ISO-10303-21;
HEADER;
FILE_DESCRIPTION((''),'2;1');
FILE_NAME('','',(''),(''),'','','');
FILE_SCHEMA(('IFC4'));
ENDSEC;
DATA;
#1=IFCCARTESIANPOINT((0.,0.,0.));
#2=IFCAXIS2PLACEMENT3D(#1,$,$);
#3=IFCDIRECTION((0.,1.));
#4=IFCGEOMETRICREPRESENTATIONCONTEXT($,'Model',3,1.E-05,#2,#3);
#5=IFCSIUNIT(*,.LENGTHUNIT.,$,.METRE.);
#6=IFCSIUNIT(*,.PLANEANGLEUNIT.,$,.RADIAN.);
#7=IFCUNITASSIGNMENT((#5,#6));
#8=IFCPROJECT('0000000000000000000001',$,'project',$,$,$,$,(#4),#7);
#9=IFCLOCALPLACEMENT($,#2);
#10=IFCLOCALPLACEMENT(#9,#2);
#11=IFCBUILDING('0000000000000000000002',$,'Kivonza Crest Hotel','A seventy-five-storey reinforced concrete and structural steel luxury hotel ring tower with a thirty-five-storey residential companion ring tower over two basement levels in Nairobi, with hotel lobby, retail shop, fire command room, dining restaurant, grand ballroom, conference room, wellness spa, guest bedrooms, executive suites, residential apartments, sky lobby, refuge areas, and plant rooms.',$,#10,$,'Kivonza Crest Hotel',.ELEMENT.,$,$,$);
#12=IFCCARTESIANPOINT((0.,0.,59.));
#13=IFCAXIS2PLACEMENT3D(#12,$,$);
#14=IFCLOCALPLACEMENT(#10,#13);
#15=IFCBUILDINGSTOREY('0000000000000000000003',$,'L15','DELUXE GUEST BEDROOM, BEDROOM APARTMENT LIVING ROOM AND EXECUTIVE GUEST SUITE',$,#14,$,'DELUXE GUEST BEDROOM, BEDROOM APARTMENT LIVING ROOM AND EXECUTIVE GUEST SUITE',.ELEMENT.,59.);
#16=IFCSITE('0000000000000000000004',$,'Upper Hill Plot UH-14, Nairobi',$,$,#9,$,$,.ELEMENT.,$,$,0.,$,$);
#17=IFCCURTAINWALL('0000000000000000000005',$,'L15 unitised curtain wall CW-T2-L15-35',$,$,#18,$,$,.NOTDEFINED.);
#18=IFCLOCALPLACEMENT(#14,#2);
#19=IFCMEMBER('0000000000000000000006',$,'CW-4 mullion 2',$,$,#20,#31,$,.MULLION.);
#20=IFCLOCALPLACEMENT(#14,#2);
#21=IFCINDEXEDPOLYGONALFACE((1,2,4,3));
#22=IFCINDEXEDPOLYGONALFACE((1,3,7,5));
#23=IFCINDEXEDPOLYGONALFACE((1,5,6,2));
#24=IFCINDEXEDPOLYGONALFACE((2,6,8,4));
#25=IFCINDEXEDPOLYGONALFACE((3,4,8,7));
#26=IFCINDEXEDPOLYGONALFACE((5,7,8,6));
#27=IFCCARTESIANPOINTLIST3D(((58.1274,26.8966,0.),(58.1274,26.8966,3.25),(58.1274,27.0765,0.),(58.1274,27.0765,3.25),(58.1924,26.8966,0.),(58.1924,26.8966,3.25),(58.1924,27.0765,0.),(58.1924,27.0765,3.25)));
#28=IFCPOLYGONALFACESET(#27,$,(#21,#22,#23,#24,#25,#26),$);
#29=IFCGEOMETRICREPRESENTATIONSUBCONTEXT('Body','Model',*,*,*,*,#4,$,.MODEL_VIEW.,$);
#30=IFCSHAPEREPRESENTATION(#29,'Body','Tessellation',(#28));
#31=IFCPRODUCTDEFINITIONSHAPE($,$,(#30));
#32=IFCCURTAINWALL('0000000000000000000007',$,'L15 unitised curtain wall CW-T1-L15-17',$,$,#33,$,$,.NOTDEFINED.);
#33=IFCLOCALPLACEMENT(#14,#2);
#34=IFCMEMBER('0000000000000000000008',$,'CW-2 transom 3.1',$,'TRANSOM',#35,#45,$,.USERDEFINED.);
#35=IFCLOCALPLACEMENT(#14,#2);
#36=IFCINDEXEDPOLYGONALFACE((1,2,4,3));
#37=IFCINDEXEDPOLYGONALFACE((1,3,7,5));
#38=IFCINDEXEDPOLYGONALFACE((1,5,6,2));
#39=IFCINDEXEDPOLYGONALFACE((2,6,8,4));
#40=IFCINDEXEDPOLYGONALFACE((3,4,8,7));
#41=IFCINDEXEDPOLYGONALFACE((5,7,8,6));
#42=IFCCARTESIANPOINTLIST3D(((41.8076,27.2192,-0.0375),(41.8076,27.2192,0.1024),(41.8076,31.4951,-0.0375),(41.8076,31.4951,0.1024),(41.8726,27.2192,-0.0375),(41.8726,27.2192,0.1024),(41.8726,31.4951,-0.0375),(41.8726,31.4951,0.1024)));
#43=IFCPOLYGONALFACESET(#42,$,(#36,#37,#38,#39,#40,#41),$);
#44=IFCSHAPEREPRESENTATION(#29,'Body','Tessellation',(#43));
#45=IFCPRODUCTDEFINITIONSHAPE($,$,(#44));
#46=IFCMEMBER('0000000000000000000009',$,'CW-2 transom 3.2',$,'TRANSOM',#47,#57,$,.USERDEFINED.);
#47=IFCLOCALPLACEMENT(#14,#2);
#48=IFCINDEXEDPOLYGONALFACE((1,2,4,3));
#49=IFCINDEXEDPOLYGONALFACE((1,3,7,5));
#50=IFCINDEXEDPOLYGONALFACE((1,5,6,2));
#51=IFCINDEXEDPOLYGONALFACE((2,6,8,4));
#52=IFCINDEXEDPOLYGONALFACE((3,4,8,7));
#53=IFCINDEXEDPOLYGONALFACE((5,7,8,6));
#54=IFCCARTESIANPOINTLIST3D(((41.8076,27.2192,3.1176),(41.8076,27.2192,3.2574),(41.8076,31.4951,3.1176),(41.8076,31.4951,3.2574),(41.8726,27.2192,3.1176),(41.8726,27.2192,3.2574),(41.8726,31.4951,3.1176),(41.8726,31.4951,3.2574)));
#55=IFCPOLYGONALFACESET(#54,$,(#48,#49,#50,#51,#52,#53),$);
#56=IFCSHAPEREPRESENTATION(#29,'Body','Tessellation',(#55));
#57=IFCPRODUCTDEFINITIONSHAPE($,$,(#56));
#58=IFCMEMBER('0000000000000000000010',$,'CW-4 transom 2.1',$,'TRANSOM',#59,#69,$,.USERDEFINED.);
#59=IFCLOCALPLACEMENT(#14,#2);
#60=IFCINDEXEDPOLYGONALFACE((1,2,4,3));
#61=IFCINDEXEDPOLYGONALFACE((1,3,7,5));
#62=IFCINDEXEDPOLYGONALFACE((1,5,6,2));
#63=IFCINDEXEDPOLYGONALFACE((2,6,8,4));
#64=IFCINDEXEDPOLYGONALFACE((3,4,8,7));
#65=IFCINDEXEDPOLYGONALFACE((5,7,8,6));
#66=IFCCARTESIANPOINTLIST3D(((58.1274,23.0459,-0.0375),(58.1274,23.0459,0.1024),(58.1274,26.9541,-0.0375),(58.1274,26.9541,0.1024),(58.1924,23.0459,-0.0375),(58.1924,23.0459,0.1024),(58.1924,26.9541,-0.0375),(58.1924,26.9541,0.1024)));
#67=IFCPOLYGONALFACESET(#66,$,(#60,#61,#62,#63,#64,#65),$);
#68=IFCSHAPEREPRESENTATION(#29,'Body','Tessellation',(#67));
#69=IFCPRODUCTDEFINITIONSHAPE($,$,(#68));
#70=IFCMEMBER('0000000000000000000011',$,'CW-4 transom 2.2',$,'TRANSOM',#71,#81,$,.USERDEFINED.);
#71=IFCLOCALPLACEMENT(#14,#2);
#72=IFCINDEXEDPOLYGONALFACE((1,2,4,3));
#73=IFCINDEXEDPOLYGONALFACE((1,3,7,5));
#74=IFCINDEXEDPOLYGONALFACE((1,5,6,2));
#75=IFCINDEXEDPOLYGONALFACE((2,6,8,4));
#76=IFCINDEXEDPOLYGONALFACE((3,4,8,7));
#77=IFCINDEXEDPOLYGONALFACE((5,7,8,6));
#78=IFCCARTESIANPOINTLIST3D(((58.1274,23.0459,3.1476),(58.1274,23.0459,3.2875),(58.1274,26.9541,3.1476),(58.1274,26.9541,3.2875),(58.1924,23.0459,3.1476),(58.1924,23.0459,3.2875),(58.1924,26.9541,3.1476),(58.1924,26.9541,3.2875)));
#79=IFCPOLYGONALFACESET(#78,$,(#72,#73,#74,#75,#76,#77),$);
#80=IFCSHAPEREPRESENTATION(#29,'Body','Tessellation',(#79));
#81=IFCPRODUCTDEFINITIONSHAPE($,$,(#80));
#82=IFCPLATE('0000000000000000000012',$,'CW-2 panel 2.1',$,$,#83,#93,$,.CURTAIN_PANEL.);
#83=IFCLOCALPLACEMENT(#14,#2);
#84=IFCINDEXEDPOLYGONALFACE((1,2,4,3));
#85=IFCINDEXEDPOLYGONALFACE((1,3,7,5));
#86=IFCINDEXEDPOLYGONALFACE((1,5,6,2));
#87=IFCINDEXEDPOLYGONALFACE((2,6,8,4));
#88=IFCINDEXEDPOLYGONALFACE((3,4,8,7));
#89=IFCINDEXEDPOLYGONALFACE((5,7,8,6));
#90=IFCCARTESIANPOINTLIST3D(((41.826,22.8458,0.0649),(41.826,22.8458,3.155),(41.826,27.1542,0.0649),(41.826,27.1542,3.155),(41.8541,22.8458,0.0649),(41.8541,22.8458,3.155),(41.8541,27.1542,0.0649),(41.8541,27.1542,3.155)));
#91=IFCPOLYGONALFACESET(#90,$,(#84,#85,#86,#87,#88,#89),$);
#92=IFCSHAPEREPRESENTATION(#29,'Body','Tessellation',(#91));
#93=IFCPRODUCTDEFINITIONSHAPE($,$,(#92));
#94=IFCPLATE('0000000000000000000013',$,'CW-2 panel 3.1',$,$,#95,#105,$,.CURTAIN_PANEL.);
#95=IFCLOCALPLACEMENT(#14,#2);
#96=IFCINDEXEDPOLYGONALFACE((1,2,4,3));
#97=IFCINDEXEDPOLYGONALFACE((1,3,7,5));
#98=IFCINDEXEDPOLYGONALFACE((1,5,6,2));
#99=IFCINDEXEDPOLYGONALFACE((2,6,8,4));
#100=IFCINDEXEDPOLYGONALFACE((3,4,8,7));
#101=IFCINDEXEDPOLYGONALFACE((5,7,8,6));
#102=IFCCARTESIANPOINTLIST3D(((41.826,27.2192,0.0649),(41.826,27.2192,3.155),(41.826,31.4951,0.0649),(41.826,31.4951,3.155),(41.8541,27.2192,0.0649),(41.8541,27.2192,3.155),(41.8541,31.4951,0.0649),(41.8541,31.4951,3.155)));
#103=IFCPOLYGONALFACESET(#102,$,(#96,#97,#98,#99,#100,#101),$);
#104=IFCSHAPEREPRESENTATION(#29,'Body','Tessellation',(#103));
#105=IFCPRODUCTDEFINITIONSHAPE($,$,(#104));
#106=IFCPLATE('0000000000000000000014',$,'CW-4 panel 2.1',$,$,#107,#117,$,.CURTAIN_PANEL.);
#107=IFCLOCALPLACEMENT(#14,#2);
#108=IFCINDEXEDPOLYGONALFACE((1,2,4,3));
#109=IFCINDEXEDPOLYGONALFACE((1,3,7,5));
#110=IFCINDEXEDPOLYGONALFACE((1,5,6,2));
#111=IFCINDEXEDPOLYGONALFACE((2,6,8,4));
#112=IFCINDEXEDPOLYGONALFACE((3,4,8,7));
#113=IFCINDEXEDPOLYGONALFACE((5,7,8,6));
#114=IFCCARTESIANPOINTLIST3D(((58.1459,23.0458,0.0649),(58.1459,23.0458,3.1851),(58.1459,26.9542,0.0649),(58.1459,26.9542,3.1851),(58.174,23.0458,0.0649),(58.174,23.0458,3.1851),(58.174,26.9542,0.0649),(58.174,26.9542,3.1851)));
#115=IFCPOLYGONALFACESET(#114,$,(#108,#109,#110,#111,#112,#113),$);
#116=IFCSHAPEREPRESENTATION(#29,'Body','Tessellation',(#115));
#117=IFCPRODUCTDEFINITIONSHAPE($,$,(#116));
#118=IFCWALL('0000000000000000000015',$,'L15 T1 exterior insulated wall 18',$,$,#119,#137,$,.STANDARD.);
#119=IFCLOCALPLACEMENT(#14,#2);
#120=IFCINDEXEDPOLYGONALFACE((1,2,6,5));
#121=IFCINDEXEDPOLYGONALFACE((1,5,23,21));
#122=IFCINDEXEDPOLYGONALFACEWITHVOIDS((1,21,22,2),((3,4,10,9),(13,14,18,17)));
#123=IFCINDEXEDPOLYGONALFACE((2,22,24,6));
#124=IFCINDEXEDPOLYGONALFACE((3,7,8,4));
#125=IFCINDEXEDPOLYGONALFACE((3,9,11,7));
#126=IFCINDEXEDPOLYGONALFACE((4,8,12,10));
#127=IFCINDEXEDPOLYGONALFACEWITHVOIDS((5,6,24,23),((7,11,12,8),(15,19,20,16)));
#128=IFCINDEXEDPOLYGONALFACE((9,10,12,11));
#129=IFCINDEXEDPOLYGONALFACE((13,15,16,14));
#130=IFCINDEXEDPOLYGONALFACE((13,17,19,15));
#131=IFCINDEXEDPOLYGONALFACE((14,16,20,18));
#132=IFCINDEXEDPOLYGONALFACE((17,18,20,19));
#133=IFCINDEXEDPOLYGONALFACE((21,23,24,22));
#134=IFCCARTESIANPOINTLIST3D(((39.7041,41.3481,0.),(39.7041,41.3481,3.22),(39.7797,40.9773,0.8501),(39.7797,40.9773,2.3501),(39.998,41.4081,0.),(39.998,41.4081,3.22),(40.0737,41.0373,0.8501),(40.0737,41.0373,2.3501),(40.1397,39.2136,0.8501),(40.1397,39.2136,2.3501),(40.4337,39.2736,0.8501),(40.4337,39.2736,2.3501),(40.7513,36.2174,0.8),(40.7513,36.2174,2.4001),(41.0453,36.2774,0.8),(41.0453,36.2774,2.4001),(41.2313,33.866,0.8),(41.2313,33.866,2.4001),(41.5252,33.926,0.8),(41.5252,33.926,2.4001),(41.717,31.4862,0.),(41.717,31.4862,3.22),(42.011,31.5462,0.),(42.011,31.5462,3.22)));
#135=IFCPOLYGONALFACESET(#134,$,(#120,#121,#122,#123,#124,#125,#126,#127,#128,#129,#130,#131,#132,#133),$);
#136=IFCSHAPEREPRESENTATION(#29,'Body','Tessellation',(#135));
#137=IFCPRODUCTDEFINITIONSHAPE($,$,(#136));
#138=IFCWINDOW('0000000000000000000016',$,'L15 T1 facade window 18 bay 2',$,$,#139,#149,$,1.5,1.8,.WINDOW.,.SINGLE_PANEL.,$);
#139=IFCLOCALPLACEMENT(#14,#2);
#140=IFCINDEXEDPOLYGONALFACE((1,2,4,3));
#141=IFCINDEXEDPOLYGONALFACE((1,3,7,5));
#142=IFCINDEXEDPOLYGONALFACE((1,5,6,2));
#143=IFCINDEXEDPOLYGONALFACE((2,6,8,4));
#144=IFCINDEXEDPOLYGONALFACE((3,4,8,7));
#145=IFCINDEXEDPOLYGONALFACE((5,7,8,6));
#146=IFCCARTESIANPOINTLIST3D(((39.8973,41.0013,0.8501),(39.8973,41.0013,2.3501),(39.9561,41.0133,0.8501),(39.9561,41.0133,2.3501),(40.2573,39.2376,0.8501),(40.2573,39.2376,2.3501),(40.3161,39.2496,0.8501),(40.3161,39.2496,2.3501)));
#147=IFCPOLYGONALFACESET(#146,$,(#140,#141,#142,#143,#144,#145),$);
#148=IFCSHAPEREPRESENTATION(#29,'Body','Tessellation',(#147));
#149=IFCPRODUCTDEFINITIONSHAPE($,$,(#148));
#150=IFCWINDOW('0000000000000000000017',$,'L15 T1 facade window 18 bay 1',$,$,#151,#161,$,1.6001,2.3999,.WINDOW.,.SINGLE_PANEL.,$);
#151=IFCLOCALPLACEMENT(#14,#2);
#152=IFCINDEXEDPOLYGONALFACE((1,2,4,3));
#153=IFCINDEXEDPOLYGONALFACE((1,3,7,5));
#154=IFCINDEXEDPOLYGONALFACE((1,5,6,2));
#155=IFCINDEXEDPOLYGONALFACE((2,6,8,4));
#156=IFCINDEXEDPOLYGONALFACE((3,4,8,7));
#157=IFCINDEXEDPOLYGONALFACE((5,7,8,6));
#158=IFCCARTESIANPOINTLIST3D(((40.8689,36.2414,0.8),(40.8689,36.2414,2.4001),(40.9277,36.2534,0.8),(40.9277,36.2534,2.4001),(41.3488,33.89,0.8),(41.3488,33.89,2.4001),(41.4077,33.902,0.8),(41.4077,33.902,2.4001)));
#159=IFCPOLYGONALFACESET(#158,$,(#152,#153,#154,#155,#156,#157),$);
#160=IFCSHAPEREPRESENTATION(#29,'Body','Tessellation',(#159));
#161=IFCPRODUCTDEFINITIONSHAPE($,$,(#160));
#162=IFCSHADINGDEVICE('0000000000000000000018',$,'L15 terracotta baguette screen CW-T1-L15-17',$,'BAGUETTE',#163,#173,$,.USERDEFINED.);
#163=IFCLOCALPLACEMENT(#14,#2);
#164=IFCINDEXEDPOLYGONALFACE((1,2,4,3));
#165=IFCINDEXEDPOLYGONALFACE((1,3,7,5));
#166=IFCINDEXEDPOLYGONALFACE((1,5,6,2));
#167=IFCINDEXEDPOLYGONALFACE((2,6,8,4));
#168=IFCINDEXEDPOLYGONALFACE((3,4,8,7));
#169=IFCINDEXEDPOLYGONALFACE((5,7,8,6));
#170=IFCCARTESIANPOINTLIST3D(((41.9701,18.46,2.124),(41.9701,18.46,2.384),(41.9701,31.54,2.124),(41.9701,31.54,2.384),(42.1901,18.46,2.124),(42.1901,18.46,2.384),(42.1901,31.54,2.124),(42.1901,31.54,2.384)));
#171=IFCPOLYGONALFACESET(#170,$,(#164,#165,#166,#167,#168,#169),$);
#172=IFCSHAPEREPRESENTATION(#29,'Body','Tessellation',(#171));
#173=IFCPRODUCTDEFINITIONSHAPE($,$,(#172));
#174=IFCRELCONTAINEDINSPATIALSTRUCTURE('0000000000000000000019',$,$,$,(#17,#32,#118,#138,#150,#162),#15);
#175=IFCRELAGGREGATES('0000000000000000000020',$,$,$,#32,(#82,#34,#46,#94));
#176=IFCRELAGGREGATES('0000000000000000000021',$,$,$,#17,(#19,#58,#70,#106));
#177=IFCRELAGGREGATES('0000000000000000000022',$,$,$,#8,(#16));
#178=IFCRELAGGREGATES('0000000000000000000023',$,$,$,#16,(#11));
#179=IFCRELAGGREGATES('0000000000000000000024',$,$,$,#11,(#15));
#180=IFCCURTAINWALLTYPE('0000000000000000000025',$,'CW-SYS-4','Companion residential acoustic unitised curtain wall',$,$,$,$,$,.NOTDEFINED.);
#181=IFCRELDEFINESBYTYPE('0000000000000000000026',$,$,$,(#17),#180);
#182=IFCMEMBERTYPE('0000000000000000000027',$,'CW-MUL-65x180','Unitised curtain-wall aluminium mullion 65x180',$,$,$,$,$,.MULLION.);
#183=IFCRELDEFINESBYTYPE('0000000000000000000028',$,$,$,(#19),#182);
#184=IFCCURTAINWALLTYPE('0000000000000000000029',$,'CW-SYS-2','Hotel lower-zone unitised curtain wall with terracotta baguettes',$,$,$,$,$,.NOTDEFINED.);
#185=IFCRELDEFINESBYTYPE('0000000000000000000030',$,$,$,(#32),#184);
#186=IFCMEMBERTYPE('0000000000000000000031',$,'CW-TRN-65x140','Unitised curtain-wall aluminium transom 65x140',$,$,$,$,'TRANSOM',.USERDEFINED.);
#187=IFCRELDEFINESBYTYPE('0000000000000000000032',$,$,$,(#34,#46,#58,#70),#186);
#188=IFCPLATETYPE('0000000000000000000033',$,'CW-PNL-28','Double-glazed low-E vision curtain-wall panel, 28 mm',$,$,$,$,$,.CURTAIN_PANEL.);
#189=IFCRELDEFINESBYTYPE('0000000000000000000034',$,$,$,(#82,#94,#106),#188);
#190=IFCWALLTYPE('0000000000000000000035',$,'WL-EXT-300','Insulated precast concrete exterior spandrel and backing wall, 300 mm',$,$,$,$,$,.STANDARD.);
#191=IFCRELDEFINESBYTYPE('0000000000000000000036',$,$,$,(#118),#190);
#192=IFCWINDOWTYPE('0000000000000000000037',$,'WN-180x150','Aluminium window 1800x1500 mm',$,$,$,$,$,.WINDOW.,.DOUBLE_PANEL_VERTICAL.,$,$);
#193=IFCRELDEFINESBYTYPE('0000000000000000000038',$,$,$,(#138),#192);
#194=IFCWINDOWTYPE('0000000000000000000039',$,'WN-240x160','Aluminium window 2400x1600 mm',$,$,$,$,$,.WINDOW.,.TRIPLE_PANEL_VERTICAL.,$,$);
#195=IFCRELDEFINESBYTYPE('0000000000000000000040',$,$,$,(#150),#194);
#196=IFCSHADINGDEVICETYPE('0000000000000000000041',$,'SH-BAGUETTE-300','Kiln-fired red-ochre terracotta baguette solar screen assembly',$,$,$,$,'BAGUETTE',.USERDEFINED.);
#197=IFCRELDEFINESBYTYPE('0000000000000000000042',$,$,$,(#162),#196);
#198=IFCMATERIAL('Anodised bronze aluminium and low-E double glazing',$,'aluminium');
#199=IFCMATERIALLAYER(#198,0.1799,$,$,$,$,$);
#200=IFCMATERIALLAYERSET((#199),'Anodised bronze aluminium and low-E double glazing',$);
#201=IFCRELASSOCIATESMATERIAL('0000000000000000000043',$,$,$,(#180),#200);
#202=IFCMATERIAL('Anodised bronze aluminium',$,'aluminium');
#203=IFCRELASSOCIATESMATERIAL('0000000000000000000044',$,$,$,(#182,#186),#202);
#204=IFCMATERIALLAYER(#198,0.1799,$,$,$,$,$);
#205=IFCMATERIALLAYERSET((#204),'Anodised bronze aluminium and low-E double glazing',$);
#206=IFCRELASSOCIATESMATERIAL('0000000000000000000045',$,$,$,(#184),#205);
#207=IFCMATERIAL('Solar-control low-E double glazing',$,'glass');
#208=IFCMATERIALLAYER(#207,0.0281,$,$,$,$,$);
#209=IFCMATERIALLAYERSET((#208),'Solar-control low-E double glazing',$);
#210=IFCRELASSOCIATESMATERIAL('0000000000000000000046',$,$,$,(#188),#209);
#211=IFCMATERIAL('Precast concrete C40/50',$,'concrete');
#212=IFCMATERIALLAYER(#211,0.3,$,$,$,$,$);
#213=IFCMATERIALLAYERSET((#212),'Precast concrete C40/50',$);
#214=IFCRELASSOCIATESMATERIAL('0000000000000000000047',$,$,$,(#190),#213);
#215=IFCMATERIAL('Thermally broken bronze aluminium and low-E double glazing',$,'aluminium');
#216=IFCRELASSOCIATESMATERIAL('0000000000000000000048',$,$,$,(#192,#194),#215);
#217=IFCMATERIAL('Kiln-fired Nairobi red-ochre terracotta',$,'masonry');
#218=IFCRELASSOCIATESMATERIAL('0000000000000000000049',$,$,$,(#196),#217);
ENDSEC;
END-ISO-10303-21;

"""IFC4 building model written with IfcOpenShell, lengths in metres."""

from ifc_helpers import new_model, si_unit, direction, frame, frame_2d, origin, origin_2d, place, context, subcontext, project, spatial, rectangle, extrude, material, layer, layer_set, material_profile, profile_set, type_object, element, fill, aggregate, save


model = new_model("IFC4")

# Units and contexts
model_context = context("Model", 3, precision=1e-05, world=origin(), true_north=direction((0.0, 1.0)))
body_context = subcontext(model_context, "Body", "Model", "MODEL_VIEW")
ifc_project = project(units=[si_unit("LENGTHUNIT", "METRE"), si_unit("PLANEANGLEUNIT", "RADIAN")], contexts=[model_context])

# Site, building, storey
site_placement = place(None, origin())
site = spatial("IfcSite", under=ifc_project, at=site_placement, Name="Upper Hill Plot UH-14, Nairobi", CompositionType="ELEMENT", RefElevation=0.0)
building_placement = place(site_placement, origin())
building = spatial("IfcBuilding", under=site, at=building_placement, Name="Kivonza Crest Hotel", Description="A seventy-five-storey reinforced concrete and structural steel luxury hotel ring tower with a thirty-five-storey residential companion ring tower over two basement levels in Nairobi, with hotel lobby, retail shop, fire command room, dining restaurant, grand ballroom, conference room, wellness spa, guest bedrooms, executive suites, residential apartments, sky lobby, refuge areas, and plant rooms.", LongName="Kivonza Crest Hotel", CompositionType="ELEMENT")
storey_placement = place(building_placement, frame((0.0, 0.0, 59.0)))
storey = spatial("IfcBuildingStorey", under=building, at=storey_placement, Name="L15", Description="DELUXE GUEST BEDROOM, BEDROOM APARTMENT LIVING ROOM AND EXECUTIVE GUEST SUITE", LongName="DELUXE GUEST BEDROOM, BEDROOM APARTMENT LIVING ROOM AND EXECUTIVE GUEST SUITE", CompositionType="ELEMENT", Elevation=59.0)

# Curtain wall, member
ifc_material_1 = material(Name="Anodised bronze aluminium and low-E double glazing", Category="aluminium")
ifc_layer_1 = layer(ifc_material_1, 0.1799)
ifc_layer_set_1 = layer_set([ifc_layer_1], Name="Anodised bronze aluminium and low-E double glazing")
curtain_wall_type_1 = type_object("IfcCurtainWallType", Name="CW-SYS-4", Description="Companion residential acoustic unitised curtain wall", PredefinedType="NOTDEFINED", material=ifc_layer_set_1)
curtain_wall_1_placement = place(storey_placement, origin())
curtain_wall_1 = element("IfcCurtainWall", 1, at=curtain_wall_1_placement, inside=storey, type_object=curtain_wall_type_1, Name="L15 unitised curtain wall CW-T2-L15-35", PredefinedType="NOTDEFINED")
ifc_material_2 = material(Name="Anodised bronze aluminium", Category="aluminium")
ifc_material_profile_1 = material_profile(ifc_material_2, rectangle(XDim=0.0649, YDim=0.1799, at=origin_2d()), Name="CW-M 65x180")
ifc_profile_set_1 = profile_set([ifc_material_profile_1], Name="Anodised bronze aluminium")
member_type_1 = type_object("IfcMemberType", Name="CW-MUL-65x180", Description="Unitised curtain-wall aluminium mullion 65x180", PredefinedType="MULLION", material=ifc_profile_set_1)
member_1_placement = place(storey_placement, frame((58.1599, 26.9866, 0.0), z_axis=(0.0, 0.0, 1.0), x_axis=(1.0, 0.0, 0.0)))
member_1 = element("IfcMember", 2, at=member_1_placement, type_object=member_type_1, Name="CW-4 mullion 2", PredefinedType="MULLION", context=body_context, shape_type="SweptSolid", body=[
    extrude(rectangle(XDim=0.0649, YDim=0.1799, at=origin_2d()), origin(), (0.0, 0.0, 1.0), 3.25),
])

# Curtain wall, members
ifc_layer_2 = layer(ifc_material_1, 0.1799)
ifc_layer_set_2 = layer_set([ifc_layer_2], Name="Anodised bronze aluminium and low-E double glazing")
curtain_wall_type_2 = type_object("IfcCurtainWallType", Name="CW-SYS-2", Description="Hotel lower-zone unitised curtain wall with terracotta baguettes", PredefinedType="NOTDEFINED", material=ifc_layer_set_2)
curtain_wall_2_placement = place(storey_placement, origin())
curtain_wall_2 = element("IfcCurtainWall", 3, at=curtain_wall_2_placement, inside=storey, type_object=curtain_wall_type_2, Name="L15 unitised curtain wall CW-T1-L15-17", PredefinedType="NOTDEFINED")
ifc_material_profile_2 = material_profile(ifc_material_2, rectangle(XDim=0.0649, YDim=0.1399, at=origin_2d()), Name="CW-T 65x140")
ifc_profile_set_2 = profile_set([ifc_material_profile_2], Name="Anodised bronze aluminium")
member_type_2 = type_object("IfcMemberType", Name="CW-TRN-65x140", Description="Unitised curtain-wall aluminium transom 65x140", ElementType="TRANSOM", PredefinedType="USERDEFINED", material=ifc_profile_set_2)
member_2_placement = place(storey_placement, frame((41.8401, 27.2192, 0.0325), z_axis=(0.0, 1.0, 0.0), x_axis=(-1.0, 0.0, 0.0)))
member_2 = element("IfcMember", 4, at=member_2_placement, type_object=member_type_2, Name="CW-2 transom 3.1", ObjectType="TRANSOM", PredefinedType="USERDEFINED", context=body_context, shape_type="SweptSolid", body=[
    extrude(rectangle(XDim=0.0649, YDim=0.1399, at=origin_2d()), origin(), (0.0, 0.0, 1.0), 4.2759),
])
member_3_placement = place(storey_placement, frame((41.8401, 27.2192, 3.1875), z_axis=(0.0, 1.0, 0.0), x_axis=(-1.0, 0.0, 0.0)))
member_3 = element("IfcMember", 5, at=member_3_placement, type_object=member_type_2, Name="CW-2 transom 3.2", ObjectType="TRANSOM", PredefinedType="USERDEFINED", context=body_context, shape_type="SweptSolid", body=[
    extrude(rectangle(XDim=0.0649, YDim=0.1399, at=origin_2d()), origin(), (0.0, 0.0, 1.0), 4.2759),
])

# Members
member_4_placement = place(storey_placement, frame((58.1599, 26.9541, 0.0325), z_axis=(0.0, -1.0, 0.0), x_axis=(1.0, 0.0, 0.0)))
member_4 = element("IfcMember", 6, at=member_4_placement, type_object=member_type_2, Name="CW-4 transom 2.1", ObjectType="TRANSOM", PredefinedType="USERDEFINED", context=body_context, shape_type="SweptSolid", body=[
    extrude(rectangle(XDim=0.0649, YDim=0.1399, at=origin_2d()), origin(), (0.0, 0.0, 1.0), 3.9082),
])
member_5_placement = place(storey_placement, frame((58.1599, 26.9541, 3.2175), z_axis=(0.0, -1.0, 0.0), x_axis=(1.0, 0.0, 0.0)))
member_5 = element("IfcMember", 7, at=member_5_placement, type_object=member_type_2, Name="CW-4 transom 2.2", ObjectType="TRANSOM", PredefinedType="USERDEFINED", context=body_context, shape_type="SweptSolid", body=[
    extrude(rectangle(XDim=0.0649, YDim=0.1399, at=origin_2d()), origin(), (0.0, 0.0, 1.0), 3.9082),
])

# Plates
ifc_material_3 = material(Name="Solar-control low-E double glazing", Category="glass")
ifc_layer_3 = layer(ifc_material_3, 0.0281)
ifc_layer_set_3 = layer_set([ifc_layer_3], Name="Solar-control low-E double glazing")
plate_type = type_object("IfcPlateType", Name="CW-PNL-28", Description="Double-glazed low-E vision curtain-wall panel, 28 mm", PredefinedType="CURTAIN_PANEL", material=ifc_layer_set_3)
plate_1_placement = place(storey_placement, frame((41.8401, 25.0, 0.0649), z_axis=(0.0, 0.0, 1.0), x_axis=(0.0, 1.0, 0.0)))
plate_1 = element("IfcPlate", 8, at=plate_1_placement, type_object=plate_type, Name="CW-2 panel 2.1", PredefinedType="CURTAIN_PANEL", context=body_context, shape_type="SweptSolid", body=[
    extrude(rectangle(XDim=4.3083, YDim=0.0281, at=origin_2d()), origin(), (0.0, 0.0, 1.0), 3.0901),
])
plate_2_placement = place(storey_placement, frame((41.8401, 29.3572, 0.0649), z_axis=(0.0, 0.0, 1.0), x_axis=(0.0, 1.0, 0.0)))
plate_2 = element("IfcPlate", 9, at=plate_2_placement, type_object=plate_type, Name="CW-2 panel 3.1", PredefinedType="CURTAIN_PANEL", context=body_context, shape_type="SweptSolid", body=[
    extrude(rectangle(XDim=4.2759, YDim=0.0281, at=origin_2d()), origin(), (0.0, 0.0, 1.0), 3.0901),
])
aggregate(curtain_wall_2, [plate_1, member_2, member_3, plate_2])
plate_3_placement = place(storey_placement, frame((58.1599, 25.0, 0.0649), z_axis=(0.0, 0.0, 1.0), x_axis=(0.0, -1.0, 0.0)))
plate_3 = element("IfcPlate", 10, at=plate_3_placement, type_object=plate_type, Name="CW-4 panel 2.1", PredefinedType="CURTAIN_PANEL", context=body_context, shape_type="SweptSolid", body=[
    extrude(rectangle(XDim=3.9084, YDim=0.0281, at=origin_2d()), origin(), (0.0, 0.0, 1.0), 3.1201),
])
aggregate(curtain_wall_1, [member_1, member_4, member_5, plate_3])

# Wall, openings, windows
ifc_material_4 = material(Name="Precast concrete C40/50", Category="concrete")
ifc_layer_4 = layer(ifc_material_4, 0.3)
ifc_layer_set_4 = layer_set([ifc_layer_4], Name="Precast concrete C40/50")
wall_type = type_object("IfcWallType", Name="WL-EXT-300", Description="Insulated precast concrete exterior spandrel and backing wall, 300 mm", PredefinedType="STANDARD", material=ifc_layer_set_4)
wall_placement = place(storey_placement, frame((41.864, 31.5161, 0.0), z_axis=(0.0, 0.0, 1.0), x_axis=(-0.199991, 0.979798, 0.0)))
wall = element("IfcWall", 11, at=wall_placement, inside=storey, type_object=wall_type, Name="L15 T1 exterior insulated wall 18", PredefinedType="STANDARD", context=body_context, shape_type="SweptSolid", body=[
    extrude(rectangle(XDim=10.0652, YDim=0.3, at=frame_2d((5.0327, 0.0))), origin(), (0.0, 0.0, 1.0), 3.22),
])
opening_1_placement = place(wall_placement, frame((2.429, 0.0, 0.8)))
opening_1 = element("IfcOpeningElement", 12, at=opening_1_placement, cuts=wall, PredefinedType="OPENING", context=body_context, shape_type="SweptSolid", body=[
    extrude(rectangle(XDim=2.3999, YDim=1.6001, at=frame_2d((1.2, 0.8))), frame((0.0, 0.1602, 0.0), z_axis=(0.0, -1.0, 0.0), x_axis=(1.0, 0.0, 0.0)), (0.0, 0.0, 1.0), 0.3201),
])
opening_2_placement = place(wall_placement, frame((7.887, 0.0, 0.8501)))
opening_2 = element("IfcOpeningElement", 13, at=opening_2_placement, cuts=wall, PredefinedType="OPENING", context=body_context, shape_type="SweptSolid", body=[
    extrude(rectangle(XDim=1.8, YDim=1.5, at=frame_2d((0.8999, 0.75))), frame((0.0, 0.1602, 0.0), z_axis=(0.0, -1.0, 0.0), x_axis=(1.0, 0.0, 0.0)), (0.0, 0.0, 1.0), 0.3201),
])
ifc_material_5 = material(Name="Thermally broken bronze aluminium and low-E double glazing", Category="aluminium")
window_type_1 = type_object("IfcWindowType", Name="WN-180x150", Description="Aluminium window 1800x1500 mm", PartitioningType="DOUBLE_PANEL_VERTICAL", PredefinedType="WINDOW", material=ifc_material_5)
window_1_placement = place(opening_2_placement, origin())
window_1 = element("IfcWindow", 14, at=window_1_placement, inside=storey, type_object=window_type_1, Name="L15 T1 facade window 18 bay 2", OverallHeight=1.5, OverallWidth=1.8, PartitioningType="SINGLE_PANEL", PredefinedType="WINDOW", context=body_context, shape_type="SweptSolid", body=[
    extrude(rectangle(XDim=1.8, YDim=1.5, at=frame_2d((0.8999, 0.75))), frame((0.0, 0.03, 0.0), z_axis=(0.0, -1.0, 0.0), x_axis=(1.0, 0.0, 0.0)), (0.0, 0.0, 1.0), 0.0601),
])
fill(opening_2, window_1)
window_type_2 = type_object("IfcWindowType", Name="WN-240x160", Description="Aluminium window 2400x1600 mm", PartitioningType="TRIPLE_PANEL_VERTICAL", PredefinedType="WINDOW", material=ifc_material_5)
window_2_placement = place(opening_1_placement, origin())
window_2 = element("IfcWindow", 15, at=window_2_placement, inside=storey, type_object=window_type_2, Name="L15 T1 facade window 18 bay 1", OverallHeight=1.6001, OverallWidth=2.3999, PartitioningType="SINGLE_PANEL", PredefinedType="WINDOW", context=body_context, shape_type="SweptSolid", body=[
    extrude(rectangle(XDim=2.3999, YDim=1.6001, at=frame_2d((1.2, 0.8))), frame((0.0, 0.03, 0.0), z_axis=(0.0, -1.0, 0.0), x_axis=(1.0, 0.0, 0.0)), (0.0, 0.0, 1.0), 0.0601),
])
fill(opening_1, window_2)

# Shading device
ifc_material_6 = material(Name="Kiln-fired Nairobi red-ochre terracotta", Category="masonry")
shading_device_type_1 = type_object("IfcShadingDeviceType", Name="SH-BAGUETTE-300", Description="Kiln-fired red-ochre terracotta baguette solar screen assembly", ElementType="BAGUETTE", PredefinedType="USERDEFINED", material=ifc_material_6)
shading_device_1_placement = place(storey_placement, frame((42.0801, 25.0, 2.124), z_axis=(0.0, 0.0, 1.0), x_axis=(0.0, 1.0, 0.0)))
element("IfcShadingDevice", 16, at=shading_device_1_placement, inside=storey, type_object=shading_device_type_1, Name="L15 terracotta baguette screen CW-T1-L15-17", ObjectType="BAGUETTE", PredefinedType="USERDEFINED", context=body_context, shape_type="SweptSolid", body=[
    extrude(rectangle(XDim=13.0801, YDim=0.22, at=origin_2d()), origin(), (0.0, 0.0, 1.0), 0.26),
])

save(model, "model.ifc")
